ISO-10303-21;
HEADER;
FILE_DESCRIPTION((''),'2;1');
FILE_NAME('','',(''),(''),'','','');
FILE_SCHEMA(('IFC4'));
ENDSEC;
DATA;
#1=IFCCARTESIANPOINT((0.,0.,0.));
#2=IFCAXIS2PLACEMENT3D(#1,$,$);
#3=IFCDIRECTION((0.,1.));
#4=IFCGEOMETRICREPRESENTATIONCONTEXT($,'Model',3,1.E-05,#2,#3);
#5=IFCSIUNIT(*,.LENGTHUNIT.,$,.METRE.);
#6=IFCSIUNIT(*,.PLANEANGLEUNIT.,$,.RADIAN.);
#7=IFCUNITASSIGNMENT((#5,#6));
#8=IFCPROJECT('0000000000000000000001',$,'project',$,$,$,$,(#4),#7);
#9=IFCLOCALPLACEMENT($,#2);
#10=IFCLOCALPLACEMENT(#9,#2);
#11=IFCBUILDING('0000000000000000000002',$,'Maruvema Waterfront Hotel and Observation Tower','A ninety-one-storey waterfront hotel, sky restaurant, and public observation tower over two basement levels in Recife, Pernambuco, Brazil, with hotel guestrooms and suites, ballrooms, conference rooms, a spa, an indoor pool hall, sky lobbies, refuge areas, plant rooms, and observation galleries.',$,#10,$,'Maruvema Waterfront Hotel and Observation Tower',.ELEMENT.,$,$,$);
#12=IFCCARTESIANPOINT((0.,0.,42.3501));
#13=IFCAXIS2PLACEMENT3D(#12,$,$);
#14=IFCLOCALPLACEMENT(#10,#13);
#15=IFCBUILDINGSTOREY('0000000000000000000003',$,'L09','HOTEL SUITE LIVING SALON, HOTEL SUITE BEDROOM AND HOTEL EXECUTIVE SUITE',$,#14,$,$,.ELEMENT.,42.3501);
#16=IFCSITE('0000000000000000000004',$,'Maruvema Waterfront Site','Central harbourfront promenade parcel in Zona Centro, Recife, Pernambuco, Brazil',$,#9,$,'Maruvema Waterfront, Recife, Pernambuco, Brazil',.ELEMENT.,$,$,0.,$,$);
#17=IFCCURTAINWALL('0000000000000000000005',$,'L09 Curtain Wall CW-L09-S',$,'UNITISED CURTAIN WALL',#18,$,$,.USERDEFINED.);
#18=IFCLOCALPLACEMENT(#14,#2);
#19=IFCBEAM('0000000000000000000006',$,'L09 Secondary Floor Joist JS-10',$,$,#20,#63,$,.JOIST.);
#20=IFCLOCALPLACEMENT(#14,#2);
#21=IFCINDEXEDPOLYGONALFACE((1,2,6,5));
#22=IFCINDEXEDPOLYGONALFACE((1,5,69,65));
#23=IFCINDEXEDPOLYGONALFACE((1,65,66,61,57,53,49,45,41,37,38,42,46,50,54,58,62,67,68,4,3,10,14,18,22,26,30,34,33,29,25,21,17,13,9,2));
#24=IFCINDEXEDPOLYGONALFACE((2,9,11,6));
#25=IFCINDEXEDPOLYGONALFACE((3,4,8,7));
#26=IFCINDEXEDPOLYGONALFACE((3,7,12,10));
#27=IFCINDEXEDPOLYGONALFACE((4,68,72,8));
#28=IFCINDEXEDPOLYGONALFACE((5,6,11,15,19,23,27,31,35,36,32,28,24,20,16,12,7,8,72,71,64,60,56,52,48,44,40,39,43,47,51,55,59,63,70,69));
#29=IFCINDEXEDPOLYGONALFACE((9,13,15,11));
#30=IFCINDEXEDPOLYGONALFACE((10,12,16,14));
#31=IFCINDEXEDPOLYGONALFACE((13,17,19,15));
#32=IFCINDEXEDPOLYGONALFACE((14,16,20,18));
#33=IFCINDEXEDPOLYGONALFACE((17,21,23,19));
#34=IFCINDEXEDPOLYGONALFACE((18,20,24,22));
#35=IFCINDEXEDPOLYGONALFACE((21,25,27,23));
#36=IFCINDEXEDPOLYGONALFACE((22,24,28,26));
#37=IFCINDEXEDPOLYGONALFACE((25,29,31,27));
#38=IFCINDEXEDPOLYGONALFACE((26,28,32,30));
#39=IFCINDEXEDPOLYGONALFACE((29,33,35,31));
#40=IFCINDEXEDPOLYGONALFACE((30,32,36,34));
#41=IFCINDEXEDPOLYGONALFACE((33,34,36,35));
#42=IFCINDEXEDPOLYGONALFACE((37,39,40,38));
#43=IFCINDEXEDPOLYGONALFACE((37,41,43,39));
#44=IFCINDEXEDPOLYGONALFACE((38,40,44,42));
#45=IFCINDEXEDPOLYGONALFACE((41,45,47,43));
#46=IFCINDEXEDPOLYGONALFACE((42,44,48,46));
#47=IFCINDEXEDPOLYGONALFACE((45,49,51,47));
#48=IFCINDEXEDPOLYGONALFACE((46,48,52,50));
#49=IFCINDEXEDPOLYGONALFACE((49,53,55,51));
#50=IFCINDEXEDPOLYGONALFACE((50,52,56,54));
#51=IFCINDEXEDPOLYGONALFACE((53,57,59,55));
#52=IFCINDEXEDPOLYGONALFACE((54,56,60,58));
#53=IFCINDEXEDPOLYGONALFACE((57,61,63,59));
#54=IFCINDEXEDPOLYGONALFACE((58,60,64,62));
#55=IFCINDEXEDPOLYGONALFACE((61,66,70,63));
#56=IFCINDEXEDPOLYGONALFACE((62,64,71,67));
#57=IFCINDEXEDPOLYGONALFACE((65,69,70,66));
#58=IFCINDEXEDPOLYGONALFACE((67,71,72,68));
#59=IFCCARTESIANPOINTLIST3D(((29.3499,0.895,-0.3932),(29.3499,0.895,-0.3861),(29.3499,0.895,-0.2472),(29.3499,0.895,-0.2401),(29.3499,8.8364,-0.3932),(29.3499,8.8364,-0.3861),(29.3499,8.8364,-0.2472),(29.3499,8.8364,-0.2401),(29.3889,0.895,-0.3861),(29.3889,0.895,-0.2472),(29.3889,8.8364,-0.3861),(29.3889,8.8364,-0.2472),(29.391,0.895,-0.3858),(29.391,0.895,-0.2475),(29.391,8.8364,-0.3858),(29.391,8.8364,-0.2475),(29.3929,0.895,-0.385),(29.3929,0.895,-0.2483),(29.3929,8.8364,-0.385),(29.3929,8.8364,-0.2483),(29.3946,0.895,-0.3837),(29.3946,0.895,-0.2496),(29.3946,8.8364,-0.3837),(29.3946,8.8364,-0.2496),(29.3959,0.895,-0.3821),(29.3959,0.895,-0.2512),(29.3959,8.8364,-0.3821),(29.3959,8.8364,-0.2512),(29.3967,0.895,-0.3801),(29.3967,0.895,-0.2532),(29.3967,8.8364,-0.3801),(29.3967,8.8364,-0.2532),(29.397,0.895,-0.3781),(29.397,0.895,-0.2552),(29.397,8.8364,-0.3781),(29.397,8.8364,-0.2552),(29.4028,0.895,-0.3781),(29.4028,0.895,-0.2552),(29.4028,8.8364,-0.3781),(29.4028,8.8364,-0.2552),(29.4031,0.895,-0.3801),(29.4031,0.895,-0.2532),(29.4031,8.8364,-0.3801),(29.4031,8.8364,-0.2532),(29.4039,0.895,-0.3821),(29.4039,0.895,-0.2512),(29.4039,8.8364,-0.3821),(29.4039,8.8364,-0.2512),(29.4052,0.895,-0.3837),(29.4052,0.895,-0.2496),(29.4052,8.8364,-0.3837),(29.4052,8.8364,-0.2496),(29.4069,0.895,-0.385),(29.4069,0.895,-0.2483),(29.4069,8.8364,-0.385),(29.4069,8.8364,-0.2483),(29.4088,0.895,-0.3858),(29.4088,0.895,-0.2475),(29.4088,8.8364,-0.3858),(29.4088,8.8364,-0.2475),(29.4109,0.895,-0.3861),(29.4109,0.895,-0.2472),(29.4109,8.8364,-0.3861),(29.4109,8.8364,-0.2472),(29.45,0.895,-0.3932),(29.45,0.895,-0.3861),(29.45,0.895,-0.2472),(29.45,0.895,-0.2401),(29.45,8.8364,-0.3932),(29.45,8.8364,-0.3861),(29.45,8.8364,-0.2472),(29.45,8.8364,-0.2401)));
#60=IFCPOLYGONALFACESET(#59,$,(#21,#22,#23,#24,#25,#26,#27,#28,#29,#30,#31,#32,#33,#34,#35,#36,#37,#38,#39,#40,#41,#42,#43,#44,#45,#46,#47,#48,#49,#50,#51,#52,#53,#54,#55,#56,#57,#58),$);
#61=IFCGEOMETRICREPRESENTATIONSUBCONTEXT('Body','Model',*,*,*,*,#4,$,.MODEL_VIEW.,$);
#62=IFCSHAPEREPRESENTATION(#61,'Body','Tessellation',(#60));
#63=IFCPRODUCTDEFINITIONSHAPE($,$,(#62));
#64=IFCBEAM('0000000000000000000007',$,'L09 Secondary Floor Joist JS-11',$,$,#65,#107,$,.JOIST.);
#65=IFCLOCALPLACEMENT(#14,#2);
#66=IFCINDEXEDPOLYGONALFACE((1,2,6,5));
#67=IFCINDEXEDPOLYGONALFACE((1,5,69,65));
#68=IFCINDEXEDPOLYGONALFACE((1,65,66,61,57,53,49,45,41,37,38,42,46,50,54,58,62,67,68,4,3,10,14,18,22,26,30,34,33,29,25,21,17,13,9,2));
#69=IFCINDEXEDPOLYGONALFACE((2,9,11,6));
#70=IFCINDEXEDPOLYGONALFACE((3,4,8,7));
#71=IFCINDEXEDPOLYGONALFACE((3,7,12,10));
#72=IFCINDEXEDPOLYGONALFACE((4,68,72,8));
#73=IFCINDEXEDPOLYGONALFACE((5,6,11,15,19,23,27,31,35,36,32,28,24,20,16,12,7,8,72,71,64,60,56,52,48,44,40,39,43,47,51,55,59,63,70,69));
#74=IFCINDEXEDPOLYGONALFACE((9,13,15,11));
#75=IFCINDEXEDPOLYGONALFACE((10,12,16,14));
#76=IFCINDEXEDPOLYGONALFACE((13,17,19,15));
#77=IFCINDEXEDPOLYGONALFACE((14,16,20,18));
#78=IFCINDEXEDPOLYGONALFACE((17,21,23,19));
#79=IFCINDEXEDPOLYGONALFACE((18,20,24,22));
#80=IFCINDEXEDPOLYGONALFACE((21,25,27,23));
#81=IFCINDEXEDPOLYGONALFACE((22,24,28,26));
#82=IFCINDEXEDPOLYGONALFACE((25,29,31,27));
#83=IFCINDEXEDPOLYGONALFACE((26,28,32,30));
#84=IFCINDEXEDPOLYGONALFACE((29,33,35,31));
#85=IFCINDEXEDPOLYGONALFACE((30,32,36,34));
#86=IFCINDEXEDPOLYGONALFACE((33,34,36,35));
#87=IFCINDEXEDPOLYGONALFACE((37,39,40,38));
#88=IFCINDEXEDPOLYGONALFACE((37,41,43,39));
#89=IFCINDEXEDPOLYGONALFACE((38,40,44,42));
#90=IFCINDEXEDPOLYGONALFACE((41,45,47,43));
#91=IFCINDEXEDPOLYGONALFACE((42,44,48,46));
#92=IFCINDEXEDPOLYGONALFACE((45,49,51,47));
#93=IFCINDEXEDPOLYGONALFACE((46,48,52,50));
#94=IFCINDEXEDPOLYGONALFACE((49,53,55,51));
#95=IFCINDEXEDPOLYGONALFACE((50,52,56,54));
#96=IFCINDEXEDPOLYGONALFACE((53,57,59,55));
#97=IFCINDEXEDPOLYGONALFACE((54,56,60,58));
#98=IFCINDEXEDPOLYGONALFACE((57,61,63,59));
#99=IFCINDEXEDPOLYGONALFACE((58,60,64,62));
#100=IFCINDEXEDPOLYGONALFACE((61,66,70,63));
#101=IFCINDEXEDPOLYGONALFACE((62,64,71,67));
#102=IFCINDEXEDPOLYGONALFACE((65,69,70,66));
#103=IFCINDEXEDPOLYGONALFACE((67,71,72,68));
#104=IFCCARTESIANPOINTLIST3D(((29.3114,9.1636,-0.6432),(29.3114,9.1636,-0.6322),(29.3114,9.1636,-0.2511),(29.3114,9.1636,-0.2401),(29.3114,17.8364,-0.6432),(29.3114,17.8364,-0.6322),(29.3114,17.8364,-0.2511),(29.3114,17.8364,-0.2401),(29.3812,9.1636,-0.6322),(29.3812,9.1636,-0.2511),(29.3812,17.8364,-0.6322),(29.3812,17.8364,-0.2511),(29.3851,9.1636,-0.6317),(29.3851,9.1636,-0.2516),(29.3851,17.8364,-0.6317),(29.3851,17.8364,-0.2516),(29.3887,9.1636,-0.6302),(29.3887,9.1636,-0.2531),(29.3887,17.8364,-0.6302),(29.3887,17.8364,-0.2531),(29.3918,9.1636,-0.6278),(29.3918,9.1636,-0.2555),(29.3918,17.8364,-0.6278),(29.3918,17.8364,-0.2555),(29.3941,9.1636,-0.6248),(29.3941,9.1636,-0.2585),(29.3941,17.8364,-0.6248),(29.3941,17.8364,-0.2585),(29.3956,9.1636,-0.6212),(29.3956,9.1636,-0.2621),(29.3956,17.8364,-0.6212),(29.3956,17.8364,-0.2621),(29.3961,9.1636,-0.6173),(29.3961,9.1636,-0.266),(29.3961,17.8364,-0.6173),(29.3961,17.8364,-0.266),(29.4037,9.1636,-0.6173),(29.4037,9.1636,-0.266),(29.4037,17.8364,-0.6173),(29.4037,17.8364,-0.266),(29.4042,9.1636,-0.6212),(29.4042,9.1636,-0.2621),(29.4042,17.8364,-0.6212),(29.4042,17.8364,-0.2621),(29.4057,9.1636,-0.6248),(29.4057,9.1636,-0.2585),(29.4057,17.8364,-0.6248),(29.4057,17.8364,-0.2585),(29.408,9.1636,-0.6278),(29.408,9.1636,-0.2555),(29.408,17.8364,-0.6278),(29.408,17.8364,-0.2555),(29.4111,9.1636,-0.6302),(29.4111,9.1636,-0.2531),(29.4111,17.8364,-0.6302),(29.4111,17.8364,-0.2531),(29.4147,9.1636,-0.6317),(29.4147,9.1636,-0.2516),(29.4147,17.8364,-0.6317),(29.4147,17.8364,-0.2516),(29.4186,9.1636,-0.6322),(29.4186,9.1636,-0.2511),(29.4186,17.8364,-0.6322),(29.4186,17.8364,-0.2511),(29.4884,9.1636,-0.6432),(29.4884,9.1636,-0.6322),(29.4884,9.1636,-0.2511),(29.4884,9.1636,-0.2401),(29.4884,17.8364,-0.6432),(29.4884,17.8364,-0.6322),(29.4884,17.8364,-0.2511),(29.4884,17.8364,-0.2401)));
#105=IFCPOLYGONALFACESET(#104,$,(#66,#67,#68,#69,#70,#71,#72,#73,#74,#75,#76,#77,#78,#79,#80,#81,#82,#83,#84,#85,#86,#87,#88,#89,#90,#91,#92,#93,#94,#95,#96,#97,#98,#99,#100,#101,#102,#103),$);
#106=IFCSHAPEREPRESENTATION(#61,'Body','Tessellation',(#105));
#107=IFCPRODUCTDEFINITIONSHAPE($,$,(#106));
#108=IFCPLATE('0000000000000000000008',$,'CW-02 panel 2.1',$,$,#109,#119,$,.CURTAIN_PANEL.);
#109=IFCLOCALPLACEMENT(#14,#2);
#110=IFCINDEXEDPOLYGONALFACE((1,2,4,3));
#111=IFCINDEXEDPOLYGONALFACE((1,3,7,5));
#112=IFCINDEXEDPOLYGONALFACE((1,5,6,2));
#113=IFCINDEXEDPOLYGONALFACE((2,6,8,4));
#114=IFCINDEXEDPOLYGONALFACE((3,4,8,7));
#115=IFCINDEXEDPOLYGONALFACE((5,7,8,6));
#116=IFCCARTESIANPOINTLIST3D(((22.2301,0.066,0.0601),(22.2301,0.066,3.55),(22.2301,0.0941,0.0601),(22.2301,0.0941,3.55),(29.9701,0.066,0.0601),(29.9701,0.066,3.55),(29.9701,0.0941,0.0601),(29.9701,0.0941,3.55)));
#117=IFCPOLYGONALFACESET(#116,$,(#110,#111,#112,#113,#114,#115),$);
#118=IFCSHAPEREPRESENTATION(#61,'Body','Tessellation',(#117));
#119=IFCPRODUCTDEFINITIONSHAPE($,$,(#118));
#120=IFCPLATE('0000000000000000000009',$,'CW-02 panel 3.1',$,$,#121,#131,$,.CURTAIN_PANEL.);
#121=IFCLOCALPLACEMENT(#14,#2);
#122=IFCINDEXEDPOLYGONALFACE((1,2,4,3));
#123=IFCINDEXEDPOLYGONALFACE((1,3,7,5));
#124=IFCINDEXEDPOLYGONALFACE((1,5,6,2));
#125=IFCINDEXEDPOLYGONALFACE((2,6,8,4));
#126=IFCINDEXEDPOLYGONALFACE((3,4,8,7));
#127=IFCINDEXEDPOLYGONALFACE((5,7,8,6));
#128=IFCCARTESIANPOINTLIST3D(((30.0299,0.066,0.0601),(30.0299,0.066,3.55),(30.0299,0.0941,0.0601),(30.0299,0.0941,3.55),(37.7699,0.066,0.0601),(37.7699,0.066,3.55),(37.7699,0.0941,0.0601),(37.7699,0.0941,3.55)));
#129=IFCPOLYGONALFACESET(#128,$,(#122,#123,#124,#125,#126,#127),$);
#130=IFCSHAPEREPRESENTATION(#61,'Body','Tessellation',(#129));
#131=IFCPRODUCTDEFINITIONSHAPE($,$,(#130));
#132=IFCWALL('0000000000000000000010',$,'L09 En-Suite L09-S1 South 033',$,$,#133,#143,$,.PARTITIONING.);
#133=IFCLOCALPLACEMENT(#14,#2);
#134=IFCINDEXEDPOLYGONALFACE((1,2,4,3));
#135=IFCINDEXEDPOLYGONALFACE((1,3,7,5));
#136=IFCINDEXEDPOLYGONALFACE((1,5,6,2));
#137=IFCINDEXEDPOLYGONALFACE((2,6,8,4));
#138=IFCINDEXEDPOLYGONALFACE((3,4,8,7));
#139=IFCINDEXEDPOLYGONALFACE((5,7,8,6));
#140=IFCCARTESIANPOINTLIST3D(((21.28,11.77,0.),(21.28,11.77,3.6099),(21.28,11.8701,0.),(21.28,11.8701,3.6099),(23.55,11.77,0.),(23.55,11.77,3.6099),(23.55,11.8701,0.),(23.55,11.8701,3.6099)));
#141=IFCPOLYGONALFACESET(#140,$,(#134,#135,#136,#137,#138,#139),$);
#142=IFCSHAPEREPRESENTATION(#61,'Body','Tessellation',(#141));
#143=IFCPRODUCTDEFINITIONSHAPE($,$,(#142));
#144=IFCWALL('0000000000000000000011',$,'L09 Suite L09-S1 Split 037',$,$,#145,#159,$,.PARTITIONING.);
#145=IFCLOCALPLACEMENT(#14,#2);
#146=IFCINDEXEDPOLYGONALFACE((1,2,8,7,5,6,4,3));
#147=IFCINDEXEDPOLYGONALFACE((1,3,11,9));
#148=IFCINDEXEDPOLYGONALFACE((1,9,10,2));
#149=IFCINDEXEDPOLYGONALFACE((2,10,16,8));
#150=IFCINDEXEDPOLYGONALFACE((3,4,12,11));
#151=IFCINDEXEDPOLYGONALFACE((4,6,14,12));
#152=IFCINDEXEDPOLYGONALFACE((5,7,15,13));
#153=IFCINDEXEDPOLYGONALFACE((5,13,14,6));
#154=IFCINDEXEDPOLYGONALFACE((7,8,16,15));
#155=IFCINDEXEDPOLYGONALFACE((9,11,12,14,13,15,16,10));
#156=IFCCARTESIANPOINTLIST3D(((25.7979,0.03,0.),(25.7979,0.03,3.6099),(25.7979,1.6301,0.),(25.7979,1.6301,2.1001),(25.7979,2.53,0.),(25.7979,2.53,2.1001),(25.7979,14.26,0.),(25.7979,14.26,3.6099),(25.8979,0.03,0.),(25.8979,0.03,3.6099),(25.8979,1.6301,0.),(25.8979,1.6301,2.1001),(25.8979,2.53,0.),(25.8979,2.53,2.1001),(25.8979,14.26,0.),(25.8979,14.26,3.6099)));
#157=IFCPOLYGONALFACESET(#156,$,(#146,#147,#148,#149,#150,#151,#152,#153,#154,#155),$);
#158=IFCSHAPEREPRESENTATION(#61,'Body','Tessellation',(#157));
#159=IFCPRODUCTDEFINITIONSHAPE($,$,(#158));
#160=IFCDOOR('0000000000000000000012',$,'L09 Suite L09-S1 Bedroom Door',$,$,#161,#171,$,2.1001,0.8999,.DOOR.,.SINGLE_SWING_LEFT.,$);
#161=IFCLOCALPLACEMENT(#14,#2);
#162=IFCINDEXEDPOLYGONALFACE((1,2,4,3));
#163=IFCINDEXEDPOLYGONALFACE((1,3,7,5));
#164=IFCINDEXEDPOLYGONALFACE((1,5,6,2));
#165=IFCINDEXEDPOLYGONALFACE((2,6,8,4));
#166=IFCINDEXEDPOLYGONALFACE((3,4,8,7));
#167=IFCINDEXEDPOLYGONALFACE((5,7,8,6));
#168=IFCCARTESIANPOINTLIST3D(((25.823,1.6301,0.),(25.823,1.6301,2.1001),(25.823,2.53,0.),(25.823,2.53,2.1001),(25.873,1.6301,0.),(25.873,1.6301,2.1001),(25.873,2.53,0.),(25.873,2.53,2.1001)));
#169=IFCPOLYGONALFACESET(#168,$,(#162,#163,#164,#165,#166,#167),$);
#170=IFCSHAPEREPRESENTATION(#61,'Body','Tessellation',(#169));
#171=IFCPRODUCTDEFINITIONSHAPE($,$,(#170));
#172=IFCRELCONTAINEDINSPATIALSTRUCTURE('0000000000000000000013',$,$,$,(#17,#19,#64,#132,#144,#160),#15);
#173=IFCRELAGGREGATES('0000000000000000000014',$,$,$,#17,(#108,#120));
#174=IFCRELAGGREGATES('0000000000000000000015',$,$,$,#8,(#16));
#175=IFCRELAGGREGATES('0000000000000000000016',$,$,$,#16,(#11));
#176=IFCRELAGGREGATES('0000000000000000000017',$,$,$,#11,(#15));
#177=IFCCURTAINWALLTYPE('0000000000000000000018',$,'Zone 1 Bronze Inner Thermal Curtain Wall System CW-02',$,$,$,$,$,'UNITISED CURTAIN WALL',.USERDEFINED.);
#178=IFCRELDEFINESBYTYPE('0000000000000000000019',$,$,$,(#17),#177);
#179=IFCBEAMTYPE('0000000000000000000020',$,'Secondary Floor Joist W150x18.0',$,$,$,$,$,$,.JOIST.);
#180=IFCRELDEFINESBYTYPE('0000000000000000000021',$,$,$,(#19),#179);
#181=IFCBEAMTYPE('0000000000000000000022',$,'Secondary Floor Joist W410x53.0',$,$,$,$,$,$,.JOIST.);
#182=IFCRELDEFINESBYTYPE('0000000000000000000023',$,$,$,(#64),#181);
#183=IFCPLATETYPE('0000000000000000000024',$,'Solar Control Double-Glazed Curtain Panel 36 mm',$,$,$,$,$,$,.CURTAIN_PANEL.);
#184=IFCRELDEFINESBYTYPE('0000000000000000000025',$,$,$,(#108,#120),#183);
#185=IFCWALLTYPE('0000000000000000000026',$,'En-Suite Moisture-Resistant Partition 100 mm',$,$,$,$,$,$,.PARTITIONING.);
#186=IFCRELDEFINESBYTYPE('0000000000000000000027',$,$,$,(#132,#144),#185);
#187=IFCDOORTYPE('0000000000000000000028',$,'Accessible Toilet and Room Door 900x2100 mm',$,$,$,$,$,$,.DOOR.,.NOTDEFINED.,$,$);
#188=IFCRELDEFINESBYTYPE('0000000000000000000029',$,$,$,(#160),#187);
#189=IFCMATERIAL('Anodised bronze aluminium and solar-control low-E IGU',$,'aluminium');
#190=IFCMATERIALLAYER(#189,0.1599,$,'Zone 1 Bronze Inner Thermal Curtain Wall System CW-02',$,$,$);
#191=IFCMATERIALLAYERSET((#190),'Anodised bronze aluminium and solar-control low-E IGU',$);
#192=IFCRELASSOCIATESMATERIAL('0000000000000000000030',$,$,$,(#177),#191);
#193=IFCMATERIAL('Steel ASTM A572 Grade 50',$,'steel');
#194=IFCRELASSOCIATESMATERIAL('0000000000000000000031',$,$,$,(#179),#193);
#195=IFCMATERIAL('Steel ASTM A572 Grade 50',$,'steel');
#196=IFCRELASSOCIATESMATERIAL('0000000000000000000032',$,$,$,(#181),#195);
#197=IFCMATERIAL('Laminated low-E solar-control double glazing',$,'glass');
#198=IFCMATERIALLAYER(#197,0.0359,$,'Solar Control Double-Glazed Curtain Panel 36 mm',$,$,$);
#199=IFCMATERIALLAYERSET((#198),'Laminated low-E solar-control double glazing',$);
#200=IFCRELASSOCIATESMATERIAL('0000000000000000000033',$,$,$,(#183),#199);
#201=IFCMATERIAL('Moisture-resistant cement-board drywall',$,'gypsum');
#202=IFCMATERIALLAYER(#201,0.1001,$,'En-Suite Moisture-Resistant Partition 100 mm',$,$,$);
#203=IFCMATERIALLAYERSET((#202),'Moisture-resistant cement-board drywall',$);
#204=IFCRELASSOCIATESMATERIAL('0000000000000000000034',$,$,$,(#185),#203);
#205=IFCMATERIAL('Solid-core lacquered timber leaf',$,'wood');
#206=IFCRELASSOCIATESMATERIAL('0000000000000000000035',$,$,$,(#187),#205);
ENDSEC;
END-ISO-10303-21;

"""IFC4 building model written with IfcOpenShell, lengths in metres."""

from ifc_helpers import new_model, si_unit, direction, frame, frame_2d, origin, origin_2d, place, context, subcontext, project, spatial, rectangle, i_section, extrude, material, layer, layer_set, material_profile, profile_set, type_object, element, fill, aggregate, save


model = new_model("IFC4")

# Units and contexts
model_context = context("Model", 3, precision=1e-05, world=origin(), true_north=direction((0.0, 1.0)))
body_context = subcontext(model_context, "Body", "Model", "MODEL_VIEW")
ifc_project = project(units=[si_unit("LENGTHUNIT", "METRE"), si_unit("PLANEANGLEUNIT", "RADIAN")], contexts=[model_context])

# Site, building, storey
site_placement = place(None, origin())
site = spatial("IfcSite", under=ifc_project, at=site_placement, Name="Maruvema Waterfront Site", Description="Central harbourfront promenade parcel in Zona Centro, Recife, Pernambuco, Brazil", LongName="Maruvema Waterfront, Recife, Pernambuco, Brazil", CompositionType="ELEMENT", RefElevation=0.0)
building_placement = place(site_placement, origin())
building = spatial("IfcBuilding", under=site, at=building_placement, Name="Maruvema Waterfront Hotel and Observation Tower", Description="A ninety-one-storey waterfront hotel, sky restaurant, and public observation tower over two basement levels in Recife, Pernambuco, Brazil, with hotel guestrooms and suites, ballrooms, conference rooms, a spa, an indoor pool hall, sky lobbies, refuge areas, plant rooms, and observation galleries.", LongName="Maruvema Waterfront Hotel and Observation Tower", CompositionType="ELEMENT")
storey_placement = place(building_placement, frame((0.0, 0.0, 42.3501)))
storey = spatial("IfcBuildingStorey", under=building, at=storey_placement, Name="L09", Description="HOTEL SUITE LIVING SALON, HOTEL SUITE BEDROOM AND HOTEL EXECUTIVE SUITE", CompositionType="ELEMENT", Elevation=42.3501)

# Curtain wall
ifc_material_1 = material(Name="Anodised bronze aluminium and solar-control low-E IGU", Category="aluminium")
ifc_layer_1 = layer(ifc_material_1, 0.1599, Name="Zone 1 Bronze Inner Thermal Curtain Wall System CW-02")
ifc_layer_set_1 = layer_set([ifc_layer_1], Name="Anodised bronze aluminium and solar-control low-E IGU")
curtain_wall_type = type_object("IfcCurtainWallType", Name="Zone 1 Bronze Inner Thermal Curtain Wall System CW-02", ElementType="UNITISED CURTAIN WALL", PredefinedType="USERDEFINED", material=ifc_layer_set_1)
curtain_wall_placement = place(storey_placement, origin())
curtain_wall = element("IfcCurtainWall", 1, at=curtain_wall_placement, inside=storey, type_object=curtain_wall_type, Name="L09 Curtain Wall CW-L09-S", ObjectType="UNITISED CURTAIN WALL", PredefinedType="USERDEFINED")

# Beams
ifc_material_2 = material(Name="Steel ASTM A572 Grade 50", Category="steel")
ifc_material_profile_1 = material_profile(ifc_material_2, i_section(OverallWidth=0.1001, OverallDepth=0.1531, WebThickness=0.0059, FlangeThickness=0.0071, FilletRadius=0.0081, at=origin_2d()), Name="W150x18.0")
ifc_profile_set_1 = profile_set([ifc_material_profile_1], Name="Steel ASTM A572 Grade 50")
beam_type_1 = type_object("IfcBeamType", Name="Secondary Floor Joist W150x18.0", PredefinedType="JOIST", material=ifc_profile_set_1)
beam_1_placement = place(storey_placement, frame((29.3999, 0.895, -0.3167), z_axis=(0.0, 1.0, 0.0), x_axis=(-1.0, 0.0, 0.0)))
element("IfcBeam", 2, at=beam_1_placement, inside=storey, type_object=beam_type_1, Name="L09 Secondary Floor Joist JS-10", PredefinedType="JOIST", context=body_context, shape_type="SweptSolid", body=[
    extrude(i_section(OverallWidth=0.1001, OverallDepth=0.1531, WebThickness=0.0059, FlangeThickness=0.0071, FilletRadius=0.0081, at=origin_2d()), origin(), (0.0, 0.0, 1.0), 7.9414),
])
ifc_material_3 = material(Name="Steel ASTM A572 Grade 50", Category="steel")
ifc_material_profile_2 = material_profile(ifc_material_3, i_section(OverallWidth=0.177, OverallDepth=0.4031, WebThickness=0.0076, FlangeThickness=0.011, FilletRadius=0.0149, at=origin_2d()), Name="W410x53.0")
ifc_profile_set_2 = profile_set([ifc_material_profile_2], Name="Steel ASTM A572 Grade 50")
beam_type_2 = type_object("IfcBeamType", Name="Secondary Floor Joist W410x53.0", PredefinedType="JOIST", material=ifc_profile_set_2)
beam_2_placement = place(storey_placement, frame((29.3999, 9.1636, -0.4417), z_axis=(0.0, 1.0, 0.0), x_axis=(-1.0, 0.0, 0.0)))
element("IfcBeam", 3, at=beam_2_placement, inside=storey, type_object=beam_type_2, Name="L09 Secondary Floor Joist JS-11", PredefinedType="JOIST", context=body_context, shape_type="SweptSolid", body=[
    extrude(i_section(OverallWidth=0.177, OverallDepth=0.4031, WebThickness=0.0076, FlangeThickness=0.011, FilletRadius=0.0149, at=origin_2d()), origin(), (0.0, 0.0, 1.0), 8.6729),
])

# Plates
ifc_material_4 = material(Name="Laminated low-E solar-control double glazing", Category="glass")
ifc_layer_2 = layer(ifc_material_4, 0.0359, Name="Solar Control Double-Glazed Curtain Panel 36 mm")
ifc_layer_set_2 = layer_set([ifc_layer_2], Name="Laminated low-E solar-control double glazing")
plate_type = type_object("IfcPlateType", Name="Solar Control Double-Glazed Curtain Panel 36 mm", PredefinedType="CURTAIN_PANEL", material=ifc_layer_set_2)
plate_1_placement = place(storey_placement, frame((26.1001, 0.0801, 0.0601), z_axis=(0.0, 0.0, 1.0), x_axis=(1.0, 0.0, 0.0)))
plate_1 = element("IfcPlate", 4, at=plate_1_placement, type_object=plate_type, Name="CW-02 panel 2.1", PredefinedType="CURTAIN_PANEL", context=body_context, shape_type="SweptSolid", body=[
    extrude(rectangle(XDim=7.74, YDim=0.0281, at=origin_2d()), origin(), (0.0, 0.0, 1.0), 3.49),
])
plate_2_placement = place(storey_placement, frame((33.8999, 0.0801, 0.0601), z_axis=(0.0, 0.0, 1.0), x_axis=(1.0, 0.0, 0.0)))
plate_2 = element("IfcPlate", 5, at=plate_2_placement, type_object=plate_type, Name="CW-02 panel 3.1", PredefinedType="CURTAIN_PANEL", context=body_context, shape_type="SweptSolid", body=[
    extrude(rectangle(XDim=7.74, YDim=0.0281, at=origin_2d()), origin(), (0.0, 0.0, 1.0), 3.49),
])
aggregate(curtain_wall, [plate_1, plate_2])

# Wall
ifc_material_5 = material(Name="Moisture-resistant cement-board drywall", Category="gypsum")
ifc_layer_3 = layer(ifc_material_5, 0.1001, Name="En-Suite Moisture-Resistant Partition 100 mm")
ifc_layer_set_3 = layer_set([ifc_layer_3], Name="Moisture-resistant cement-board drywall")
wall_type_1 = type_object("IfcWallType", Name="En-Suite Moisture-Resistant Partition 100 mm", PredefinedType="PARTITIONING", material=ifc_layer_set_3)
wall_1_placement = place(storey_placement, frame((21.28, 11.8201, 0.0), z_axis=(0.0, 0.0, 1.0), x_axis=(1.0, 0.0, 0.0)))
element("IfcWall", 6, at=wall_1_placement, inside=storey, type_object=wall_type_1, Name="L09 En-Suite L09-S1 South 033", PredefinedType="PARTITIONING", context=body_context, shape_type="SweptSolid", body=[
    extrude(rectangle(XDim=2.27, YDim=0.1001, at=frame_2d((1.135, 0.0))), origin(), (0.0, 0.0, 1.0), 3.6099),
])

# Wall, opening, door
wall_2_placement = place(storey_placement, frame((25.8479, 0.03, 0.0), z_axis=(0.0, 0.0, 1.0), x_axis=(0.0, 1.0, 0.0)))
wall_2 = element("IfcWall", 7, at=wall_2_placement, inside=storey, type_object=wall_type_1, Name="L09 Suite L09-S1 Split 037", PredefinedType="PARTITIONING", context=body_context, shape_type="SweptSolid", body=[
    extrude(rectangle(XDim=14.23, YDim=0.1001, at=frame_2d((7.115, 0.0))), origin(), (0.0, 0.0, 1.0), 3.6099),
])
opening_1_placement = place(wall_2_placement, frame((1.6001, 0.0, 0.0)))
opening_1 = element("IfcOpeningElement", 8, at=opening_1_placement, cuts=wall_2, PredefinedType="OPENING", context=body_context, shape_type="SweptSolid", body=[
    extrude(rectangle(XDim=0.8999, YDim=2.1001, at=frame_2d((0.45, 1.05))), frame((0.0, 0.0601, 0.0), z_axis=(0.0, -1.0, 0.0), x_axis=(1.0, 0.0, 0.0)), (0.0, 0.0, 1.0), 0.1201),
])
ifc_material_6 = material(Name="Solid-core lacquered timber leaf", Category="wood")
door_type = type_object("IfcDoorType", Name="Accessible Toilet and Room Door 900x2100 mm", OperationType="NOTDEFINED", PredefinedType="DOOR", material=ifc_material_6)
door_1_placement = place(opening_1_placement, origin())
door_1 = element("IfcDoor", 9, at=door_1_placement, inside=storey, type_object=door_type, Name="L09 Suite L09-S1 Bedroom Door", OperationType="SINGLE_SWING_LEFT", OverallHeight=2.1001, OverallWidth=0.8999, PredefinedType="DOOR", context=body_context, shape_type="SweptSolid", body=[
    extrude(rectangle(XDim=0.8999, YDim=2.1001, at=frame_2d((0.45, 1.05))), frame((0.0, 0.0249, 0.0), z_axis=(0.0, -1.0, 0.0), x_axis=(1.0, 0.0, 0.0)), (0.0, 0.0, 1.0), 0.05),
])
fill(opening_1, door_1)

save(model, "model.ifc")
